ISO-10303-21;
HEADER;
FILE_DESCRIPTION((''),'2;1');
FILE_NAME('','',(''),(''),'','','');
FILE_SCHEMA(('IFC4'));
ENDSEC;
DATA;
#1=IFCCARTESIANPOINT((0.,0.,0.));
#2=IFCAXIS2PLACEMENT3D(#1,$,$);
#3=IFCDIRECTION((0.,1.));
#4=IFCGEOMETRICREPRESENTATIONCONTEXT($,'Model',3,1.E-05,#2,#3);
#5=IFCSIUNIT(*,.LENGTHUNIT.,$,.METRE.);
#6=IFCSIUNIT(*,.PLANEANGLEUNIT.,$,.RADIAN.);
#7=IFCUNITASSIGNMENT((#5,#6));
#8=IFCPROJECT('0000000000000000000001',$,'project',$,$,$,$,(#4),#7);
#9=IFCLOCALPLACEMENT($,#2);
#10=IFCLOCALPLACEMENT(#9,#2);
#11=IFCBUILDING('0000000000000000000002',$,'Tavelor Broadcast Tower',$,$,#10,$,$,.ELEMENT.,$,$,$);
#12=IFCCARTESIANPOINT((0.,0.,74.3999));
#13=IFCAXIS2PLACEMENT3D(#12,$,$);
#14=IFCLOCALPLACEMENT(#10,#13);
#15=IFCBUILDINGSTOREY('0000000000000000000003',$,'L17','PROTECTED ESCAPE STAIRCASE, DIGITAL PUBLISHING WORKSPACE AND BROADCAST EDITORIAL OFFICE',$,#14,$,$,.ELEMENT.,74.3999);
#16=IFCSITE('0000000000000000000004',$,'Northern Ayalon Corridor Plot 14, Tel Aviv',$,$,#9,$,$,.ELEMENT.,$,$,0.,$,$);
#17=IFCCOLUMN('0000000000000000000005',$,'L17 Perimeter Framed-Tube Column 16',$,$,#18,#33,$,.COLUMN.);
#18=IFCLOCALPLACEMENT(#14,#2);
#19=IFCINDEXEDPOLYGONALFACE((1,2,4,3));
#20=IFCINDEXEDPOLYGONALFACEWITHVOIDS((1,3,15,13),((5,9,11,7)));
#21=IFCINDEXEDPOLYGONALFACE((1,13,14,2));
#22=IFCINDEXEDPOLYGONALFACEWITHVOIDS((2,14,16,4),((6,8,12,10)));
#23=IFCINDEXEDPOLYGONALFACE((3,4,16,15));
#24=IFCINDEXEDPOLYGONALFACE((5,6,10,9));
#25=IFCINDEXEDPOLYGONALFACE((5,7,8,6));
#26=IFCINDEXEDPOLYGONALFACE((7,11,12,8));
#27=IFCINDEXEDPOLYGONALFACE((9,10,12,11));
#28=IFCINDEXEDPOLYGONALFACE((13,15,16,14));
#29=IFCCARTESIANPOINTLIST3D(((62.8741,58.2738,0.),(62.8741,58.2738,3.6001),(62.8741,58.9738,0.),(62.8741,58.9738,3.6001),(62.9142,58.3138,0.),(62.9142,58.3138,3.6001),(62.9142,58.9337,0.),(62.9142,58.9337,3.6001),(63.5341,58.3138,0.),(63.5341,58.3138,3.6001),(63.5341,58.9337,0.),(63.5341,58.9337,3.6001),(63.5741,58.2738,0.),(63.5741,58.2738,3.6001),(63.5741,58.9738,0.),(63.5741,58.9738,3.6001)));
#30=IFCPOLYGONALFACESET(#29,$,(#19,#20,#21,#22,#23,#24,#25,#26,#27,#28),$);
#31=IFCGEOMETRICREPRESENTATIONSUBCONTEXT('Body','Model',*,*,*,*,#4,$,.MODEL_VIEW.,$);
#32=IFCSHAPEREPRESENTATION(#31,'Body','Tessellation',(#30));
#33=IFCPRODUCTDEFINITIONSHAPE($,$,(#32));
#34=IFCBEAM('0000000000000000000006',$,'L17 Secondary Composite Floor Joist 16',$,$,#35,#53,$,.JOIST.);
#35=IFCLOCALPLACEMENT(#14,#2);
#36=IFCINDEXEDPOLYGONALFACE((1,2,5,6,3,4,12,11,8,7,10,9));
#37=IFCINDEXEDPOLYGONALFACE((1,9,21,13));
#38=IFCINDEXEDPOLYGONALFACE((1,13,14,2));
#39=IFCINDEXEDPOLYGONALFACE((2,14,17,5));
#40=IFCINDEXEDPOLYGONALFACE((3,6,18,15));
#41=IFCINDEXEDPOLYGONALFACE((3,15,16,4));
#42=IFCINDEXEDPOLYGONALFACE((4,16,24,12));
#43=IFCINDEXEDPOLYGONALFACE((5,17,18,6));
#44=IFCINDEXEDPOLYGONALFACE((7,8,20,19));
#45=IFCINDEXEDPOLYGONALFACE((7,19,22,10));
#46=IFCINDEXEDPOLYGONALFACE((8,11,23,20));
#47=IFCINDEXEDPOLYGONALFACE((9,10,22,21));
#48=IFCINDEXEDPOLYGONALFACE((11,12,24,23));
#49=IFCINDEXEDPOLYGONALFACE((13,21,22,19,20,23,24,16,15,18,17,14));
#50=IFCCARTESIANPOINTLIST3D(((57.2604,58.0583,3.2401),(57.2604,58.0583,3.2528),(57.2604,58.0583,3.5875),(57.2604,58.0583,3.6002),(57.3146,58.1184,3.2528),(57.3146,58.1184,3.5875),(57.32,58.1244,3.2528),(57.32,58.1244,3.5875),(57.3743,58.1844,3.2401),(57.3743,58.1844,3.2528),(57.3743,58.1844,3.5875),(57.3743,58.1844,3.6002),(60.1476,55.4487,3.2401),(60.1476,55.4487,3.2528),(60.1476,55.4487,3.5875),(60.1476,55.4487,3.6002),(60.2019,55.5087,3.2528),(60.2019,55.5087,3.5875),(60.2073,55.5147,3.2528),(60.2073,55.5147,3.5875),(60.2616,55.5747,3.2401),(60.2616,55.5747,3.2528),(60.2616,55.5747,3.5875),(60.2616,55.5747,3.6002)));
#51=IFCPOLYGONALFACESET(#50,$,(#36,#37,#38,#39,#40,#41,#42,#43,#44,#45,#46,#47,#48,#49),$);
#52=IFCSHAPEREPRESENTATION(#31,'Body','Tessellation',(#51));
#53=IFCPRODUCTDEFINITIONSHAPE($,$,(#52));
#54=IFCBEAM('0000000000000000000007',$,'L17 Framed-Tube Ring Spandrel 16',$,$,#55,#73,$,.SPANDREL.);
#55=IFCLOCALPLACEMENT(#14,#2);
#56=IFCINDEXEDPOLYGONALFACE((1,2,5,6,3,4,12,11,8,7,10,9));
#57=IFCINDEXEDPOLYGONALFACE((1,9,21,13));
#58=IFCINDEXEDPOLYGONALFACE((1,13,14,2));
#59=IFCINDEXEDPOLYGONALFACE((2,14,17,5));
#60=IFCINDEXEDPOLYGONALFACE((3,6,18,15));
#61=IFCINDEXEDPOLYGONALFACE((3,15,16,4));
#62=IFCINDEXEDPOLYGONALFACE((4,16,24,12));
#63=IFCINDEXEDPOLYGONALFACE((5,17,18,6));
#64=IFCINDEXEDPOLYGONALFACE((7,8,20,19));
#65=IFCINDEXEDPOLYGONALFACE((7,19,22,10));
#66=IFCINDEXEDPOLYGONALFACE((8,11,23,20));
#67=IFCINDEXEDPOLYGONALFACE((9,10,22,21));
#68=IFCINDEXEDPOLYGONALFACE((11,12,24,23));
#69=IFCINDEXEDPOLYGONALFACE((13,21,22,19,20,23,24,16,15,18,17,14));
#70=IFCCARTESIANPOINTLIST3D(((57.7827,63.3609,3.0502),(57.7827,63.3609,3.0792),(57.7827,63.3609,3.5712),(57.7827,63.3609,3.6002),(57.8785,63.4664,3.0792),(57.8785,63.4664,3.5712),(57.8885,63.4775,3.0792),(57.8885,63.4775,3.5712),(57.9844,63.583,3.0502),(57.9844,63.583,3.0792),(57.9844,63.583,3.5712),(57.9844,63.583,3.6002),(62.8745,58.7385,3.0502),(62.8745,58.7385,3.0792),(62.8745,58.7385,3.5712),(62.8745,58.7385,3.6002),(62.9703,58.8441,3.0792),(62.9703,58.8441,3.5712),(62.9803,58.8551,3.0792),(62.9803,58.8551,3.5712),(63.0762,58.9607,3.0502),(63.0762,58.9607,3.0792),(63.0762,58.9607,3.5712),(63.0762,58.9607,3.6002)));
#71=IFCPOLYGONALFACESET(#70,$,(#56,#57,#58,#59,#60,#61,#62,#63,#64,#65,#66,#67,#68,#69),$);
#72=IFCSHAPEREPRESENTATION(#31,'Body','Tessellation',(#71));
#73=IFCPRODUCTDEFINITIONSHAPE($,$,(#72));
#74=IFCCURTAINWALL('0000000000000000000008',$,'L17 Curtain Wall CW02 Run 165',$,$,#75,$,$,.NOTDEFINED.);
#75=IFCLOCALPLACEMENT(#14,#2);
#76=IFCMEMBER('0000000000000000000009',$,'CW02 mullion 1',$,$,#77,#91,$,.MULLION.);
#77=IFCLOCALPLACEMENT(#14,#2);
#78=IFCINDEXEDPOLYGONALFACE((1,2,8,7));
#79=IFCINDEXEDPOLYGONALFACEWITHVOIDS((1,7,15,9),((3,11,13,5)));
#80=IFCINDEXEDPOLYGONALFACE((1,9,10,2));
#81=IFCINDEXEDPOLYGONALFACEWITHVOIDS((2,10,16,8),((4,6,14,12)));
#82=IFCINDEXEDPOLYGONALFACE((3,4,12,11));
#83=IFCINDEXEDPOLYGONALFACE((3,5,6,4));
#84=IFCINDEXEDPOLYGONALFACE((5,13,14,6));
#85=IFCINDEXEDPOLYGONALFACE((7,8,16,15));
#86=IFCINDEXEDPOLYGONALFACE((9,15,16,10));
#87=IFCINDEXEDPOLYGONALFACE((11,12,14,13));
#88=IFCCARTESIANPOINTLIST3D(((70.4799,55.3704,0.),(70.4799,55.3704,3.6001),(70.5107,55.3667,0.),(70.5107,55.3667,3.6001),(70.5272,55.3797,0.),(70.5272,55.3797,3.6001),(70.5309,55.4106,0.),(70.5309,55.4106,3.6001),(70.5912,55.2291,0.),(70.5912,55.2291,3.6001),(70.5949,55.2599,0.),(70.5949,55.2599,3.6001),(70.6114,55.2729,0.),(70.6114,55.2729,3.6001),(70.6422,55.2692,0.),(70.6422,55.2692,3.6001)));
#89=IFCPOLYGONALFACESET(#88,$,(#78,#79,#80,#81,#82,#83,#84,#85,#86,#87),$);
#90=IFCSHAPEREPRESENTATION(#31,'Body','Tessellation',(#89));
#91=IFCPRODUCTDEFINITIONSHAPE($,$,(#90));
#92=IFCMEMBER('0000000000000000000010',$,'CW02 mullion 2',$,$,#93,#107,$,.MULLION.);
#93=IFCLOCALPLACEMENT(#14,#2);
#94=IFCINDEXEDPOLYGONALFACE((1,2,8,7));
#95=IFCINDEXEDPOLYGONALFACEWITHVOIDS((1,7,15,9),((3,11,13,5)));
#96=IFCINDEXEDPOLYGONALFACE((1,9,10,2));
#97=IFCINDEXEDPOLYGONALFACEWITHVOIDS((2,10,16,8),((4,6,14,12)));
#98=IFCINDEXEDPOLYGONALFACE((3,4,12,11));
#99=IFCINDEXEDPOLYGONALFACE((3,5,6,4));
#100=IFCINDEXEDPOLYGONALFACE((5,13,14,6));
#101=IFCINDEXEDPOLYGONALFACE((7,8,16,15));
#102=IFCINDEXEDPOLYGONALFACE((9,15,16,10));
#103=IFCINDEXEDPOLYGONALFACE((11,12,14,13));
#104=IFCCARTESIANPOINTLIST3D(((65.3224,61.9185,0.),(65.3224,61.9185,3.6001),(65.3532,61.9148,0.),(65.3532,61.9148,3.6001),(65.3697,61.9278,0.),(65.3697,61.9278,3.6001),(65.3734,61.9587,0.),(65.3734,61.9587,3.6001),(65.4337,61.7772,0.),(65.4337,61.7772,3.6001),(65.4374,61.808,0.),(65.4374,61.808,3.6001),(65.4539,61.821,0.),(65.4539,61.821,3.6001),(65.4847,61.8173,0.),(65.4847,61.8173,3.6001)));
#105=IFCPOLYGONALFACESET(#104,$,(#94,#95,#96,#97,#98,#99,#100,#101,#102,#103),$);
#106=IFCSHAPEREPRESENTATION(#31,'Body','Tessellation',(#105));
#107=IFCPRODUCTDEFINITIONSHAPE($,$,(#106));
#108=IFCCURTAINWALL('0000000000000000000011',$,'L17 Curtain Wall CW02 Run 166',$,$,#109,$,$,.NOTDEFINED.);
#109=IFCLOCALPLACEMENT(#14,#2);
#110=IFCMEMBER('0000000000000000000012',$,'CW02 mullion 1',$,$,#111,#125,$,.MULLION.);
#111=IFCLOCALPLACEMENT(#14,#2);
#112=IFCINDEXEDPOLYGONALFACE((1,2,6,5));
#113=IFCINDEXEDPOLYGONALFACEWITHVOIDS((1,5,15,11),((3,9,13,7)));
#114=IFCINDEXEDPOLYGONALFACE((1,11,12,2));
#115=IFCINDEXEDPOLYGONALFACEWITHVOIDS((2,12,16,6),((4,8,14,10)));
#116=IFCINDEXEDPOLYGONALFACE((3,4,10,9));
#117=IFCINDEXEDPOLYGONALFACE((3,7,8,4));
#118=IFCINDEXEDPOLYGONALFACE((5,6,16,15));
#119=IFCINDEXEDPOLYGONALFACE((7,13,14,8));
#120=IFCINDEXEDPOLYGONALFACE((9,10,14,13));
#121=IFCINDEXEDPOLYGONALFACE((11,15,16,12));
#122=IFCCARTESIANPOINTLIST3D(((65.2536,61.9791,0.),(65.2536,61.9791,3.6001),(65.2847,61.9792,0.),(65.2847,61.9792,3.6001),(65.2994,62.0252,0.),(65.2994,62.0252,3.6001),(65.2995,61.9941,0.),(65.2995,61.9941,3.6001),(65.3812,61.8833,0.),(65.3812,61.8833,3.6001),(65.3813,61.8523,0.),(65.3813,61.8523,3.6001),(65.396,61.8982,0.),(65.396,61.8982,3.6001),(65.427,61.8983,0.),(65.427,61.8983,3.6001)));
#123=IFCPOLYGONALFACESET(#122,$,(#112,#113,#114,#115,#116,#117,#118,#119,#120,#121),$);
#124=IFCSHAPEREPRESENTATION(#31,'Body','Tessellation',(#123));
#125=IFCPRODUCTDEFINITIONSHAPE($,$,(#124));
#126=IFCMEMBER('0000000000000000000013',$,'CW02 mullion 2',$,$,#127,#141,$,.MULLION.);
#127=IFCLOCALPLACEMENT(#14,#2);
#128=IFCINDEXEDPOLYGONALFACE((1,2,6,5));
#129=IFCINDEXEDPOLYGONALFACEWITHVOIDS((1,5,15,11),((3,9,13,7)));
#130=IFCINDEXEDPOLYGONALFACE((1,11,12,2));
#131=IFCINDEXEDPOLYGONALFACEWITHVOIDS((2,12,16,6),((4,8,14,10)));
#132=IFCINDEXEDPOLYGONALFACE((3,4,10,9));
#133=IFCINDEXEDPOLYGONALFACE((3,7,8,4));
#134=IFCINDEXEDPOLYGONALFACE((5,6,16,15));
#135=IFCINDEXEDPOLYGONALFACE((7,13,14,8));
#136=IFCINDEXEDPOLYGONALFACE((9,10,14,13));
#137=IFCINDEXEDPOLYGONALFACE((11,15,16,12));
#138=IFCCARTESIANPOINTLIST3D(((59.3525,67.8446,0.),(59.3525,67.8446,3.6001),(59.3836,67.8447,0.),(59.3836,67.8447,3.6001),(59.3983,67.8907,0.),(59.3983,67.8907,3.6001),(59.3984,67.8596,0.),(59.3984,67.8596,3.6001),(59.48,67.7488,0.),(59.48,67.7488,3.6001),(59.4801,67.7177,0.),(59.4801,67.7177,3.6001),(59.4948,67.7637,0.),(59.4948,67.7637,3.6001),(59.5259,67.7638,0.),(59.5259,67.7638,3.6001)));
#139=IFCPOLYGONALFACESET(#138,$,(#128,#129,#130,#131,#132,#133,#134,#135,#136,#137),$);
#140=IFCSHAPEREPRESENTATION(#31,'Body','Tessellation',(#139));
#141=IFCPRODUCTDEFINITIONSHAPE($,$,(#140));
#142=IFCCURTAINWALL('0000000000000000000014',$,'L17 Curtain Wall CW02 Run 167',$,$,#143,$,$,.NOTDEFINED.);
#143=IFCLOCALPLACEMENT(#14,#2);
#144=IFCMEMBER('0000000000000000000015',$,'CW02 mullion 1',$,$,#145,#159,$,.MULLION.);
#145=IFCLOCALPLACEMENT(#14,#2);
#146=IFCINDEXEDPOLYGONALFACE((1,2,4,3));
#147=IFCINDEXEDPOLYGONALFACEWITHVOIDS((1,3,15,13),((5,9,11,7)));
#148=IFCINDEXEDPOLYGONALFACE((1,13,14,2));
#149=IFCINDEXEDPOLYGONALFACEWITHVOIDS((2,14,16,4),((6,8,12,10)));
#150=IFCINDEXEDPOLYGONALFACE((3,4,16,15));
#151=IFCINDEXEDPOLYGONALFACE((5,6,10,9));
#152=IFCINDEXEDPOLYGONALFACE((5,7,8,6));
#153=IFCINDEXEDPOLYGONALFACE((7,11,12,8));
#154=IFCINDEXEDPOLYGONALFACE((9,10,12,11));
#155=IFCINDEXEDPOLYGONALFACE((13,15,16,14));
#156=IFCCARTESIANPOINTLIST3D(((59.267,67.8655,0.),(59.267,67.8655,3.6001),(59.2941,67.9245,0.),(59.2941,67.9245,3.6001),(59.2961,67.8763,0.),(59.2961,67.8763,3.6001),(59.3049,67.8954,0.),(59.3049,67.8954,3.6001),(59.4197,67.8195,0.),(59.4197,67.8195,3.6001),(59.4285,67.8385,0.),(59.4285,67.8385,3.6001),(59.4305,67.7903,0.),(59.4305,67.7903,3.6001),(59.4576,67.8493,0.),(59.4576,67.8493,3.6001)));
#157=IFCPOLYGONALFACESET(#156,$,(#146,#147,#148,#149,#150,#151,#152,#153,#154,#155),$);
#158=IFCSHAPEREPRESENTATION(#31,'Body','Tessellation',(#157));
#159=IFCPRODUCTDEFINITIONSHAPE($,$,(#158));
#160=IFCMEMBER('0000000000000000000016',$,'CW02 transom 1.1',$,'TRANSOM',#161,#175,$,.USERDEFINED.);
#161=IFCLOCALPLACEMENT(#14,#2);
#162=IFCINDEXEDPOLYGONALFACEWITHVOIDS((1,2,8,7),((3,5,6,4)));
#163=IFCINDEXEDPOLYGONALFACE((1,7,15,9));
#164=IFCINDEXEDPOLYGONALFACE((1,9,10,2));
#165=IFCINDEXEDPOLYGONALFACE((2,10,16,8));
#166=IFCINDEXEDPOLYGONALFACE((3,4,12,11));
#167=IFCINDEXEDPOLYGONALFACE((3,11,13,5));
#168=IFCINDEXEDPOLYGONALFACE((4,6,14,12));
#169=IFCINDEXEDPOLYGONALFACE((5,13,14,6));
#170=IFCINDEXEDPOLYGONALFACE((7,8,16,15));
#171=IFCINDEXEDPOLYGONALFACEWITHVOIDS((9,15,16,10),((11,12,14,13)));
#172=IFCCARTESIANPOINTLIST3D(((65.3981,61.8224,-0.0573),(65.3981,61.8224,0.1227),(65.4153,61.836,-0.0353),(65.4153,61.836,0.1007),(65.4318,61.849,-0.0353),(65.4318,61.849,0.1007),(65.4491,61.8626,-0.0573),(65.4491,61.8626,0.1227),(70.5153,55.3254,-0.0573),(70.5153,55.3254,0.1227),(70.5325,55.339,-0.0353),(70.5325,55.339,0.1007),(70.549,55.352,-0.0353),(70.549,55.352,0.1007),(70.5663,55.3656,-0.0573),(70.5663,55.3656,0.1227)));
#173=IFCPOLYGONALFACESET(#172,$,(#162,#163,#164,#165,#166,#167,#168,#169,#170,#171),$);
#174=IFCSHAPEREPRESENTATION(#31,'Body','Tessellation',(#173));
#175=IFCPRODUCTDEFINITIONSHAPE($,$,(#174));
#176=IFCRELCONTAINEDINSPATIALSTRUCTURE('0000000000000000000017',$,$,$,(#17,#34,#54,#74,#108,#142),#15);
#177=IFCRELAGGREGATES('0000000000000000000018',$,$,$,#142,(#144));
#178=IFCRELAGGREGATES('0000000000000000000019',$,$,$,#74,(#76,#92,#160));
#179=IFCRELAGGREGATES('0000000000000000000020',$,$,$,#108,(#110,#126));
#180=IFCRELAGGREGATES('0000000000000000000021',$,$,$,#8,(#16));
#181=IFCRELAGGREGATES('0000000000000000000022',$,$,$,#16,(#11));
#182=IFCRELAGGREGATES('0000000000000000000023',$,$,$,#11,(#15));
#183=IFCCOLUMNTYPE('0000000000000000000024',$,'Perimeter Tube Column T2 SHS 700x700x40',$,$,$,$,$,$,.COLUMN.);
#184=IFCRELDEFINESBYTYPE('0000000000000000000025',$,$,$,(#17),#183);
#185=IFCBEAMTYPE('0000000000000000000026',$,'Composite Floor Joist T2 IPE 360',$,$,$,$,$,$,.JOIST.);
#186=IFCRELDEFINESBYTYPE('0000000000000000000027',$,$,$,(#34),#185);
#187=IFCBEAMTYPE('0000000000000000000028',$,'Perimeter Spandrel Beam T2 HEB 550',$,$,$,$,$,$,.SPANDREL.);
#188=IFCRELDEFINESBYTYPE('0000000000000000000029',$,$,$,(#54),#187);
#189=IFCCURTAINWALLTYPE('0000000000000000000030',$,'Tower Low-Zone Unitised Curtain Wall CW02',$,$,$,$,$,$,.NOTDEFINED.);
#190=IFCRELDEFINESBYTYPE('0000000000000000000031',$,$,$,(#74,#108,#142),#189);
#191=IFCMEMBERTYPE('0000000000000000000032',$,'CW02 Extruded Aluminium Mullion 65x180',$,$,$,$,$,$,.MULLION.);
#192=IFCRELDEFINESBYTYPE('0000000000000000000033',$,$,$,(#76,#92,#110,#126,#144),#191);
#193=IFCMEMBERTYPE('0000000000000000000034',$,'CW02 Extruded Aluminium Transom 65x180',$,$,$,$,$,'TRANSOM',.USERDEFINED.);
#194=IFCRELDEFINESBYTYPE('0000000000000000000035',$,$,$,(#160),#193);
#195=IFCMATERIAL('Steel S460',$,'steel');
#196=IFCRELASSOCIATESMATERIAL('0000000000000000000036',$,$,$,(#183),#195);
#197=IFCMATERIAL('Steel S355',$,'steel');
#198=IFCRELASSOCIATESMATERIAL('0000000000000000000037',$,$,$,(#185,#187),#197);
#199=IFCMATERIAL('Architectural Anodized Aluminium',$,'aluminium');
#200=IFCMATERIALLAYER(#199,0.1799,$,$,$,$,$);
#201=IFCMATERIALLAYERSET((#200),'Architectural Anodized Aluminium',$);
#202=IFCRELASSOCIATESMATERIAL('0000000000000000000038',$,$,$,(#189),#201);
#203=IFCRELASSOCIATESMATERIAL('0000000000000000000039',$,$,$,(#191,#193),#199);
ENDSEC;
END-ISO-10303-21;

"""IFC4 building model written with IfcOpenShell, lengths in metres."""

from ifc_helpers import new_model, si_unit, direction, frame, origin, origin_2d, place, context, subcontext, project, spatial, hollow_rectangle, i_section, extrude, source, transform, mapped, material, layer, layer_set, material_profile, profile_set, type_object, type_shapes, element, aggregate, save


model = new_model("IFC4")

# Units and contexts
model_context = context("Model", 3, precision=1e-05, world=origin(), true_north=direction((0.0, 1.0)))
body_context = subcontext(model_context, "Body", "Model", "MODEL_VIEW")
ifc_project = project(units=[si_unit("LENGTHUNIT", "METRE"), si_unit("PLANEANGLEUNIT", "RADIAN")], contexts=[model_context])

# Site, building, storey
site_placement = place(None, origin())
site = spatial("IfcSite", under=ifc_project, at=site_placement, Name="Northern Ayalon Corridor Plot 14, Tel Aviv", CompositionType="ELEMENT", RefElevation=0.0)
building_placement = place(site_placement, origin())
building = spatial("IfcBuilding", under=site, at=building_placement, Name="Tavelor Broadcast Tower", CompositionType="ELEMENT")
storey_placement = place(building_placement, frame((0.0, 0.0, 74.3999)))
storey = spatial("IfcBuildingStorey", under=building, at=storey_placement, Name="L17", Description="PROTECTED ESCAPE STAIRCASE, DIGITAL PUBLISHING WORKSPACE AND BROADCAST EDITORIAL OFFICE", CompositionType="ELEMENT", Elevation=74.3999)

# Column
ifc_material_1 = material(Name="Steel S460", Category="steel")
ifc_material_profile_1 = material_profile(ifc_material_1, hollow_rectangle(XDim=0.7, YDim=0.7, WallThickness=0.04, at=origin_2d()), Name="SHS 700x700x40")
ifc_profile_set_1 = profile_set([ifc_material_profile_1], Name="Steel S460")
column_type = type_object("IfcColumnType", Name="Perimeter Tube Column T2 SHS 700x700x40", PredefinedType="COLUMN", material=ifc_profile_set_1)
column_placement = place(storey_placement, frame((63.2241, 58.6238, 0.0), z_axis=(0.0, 0.0, 1.0), x_axis=(1.0, 0.0, 0.0)))
element("IfcColumn", 1, at=column_placement, inside=storey, type_object=column_type, Name="L17 Perimeter Framed-Tube Column 16", PredefinedType="COLUMN", context=body_context, shape_type="SweptSolid", body=[
    extrude(hollow_rectangle(XDim=0.7, YDim=0.7, WallThickness=0.04, at=origin_2d()), origin(), (0.0, 0.0, 1.0), 3.6001),
])

# Beams
ifc_material_2 = material(Name="Steel S355", Category="steel")
ifc_material_profile_2 = material_profile(ifc_material_2, i_section(OverallWidth=0.1699, OverallDepth=0.3601, WebThickness=0.0081, FlangeThickness=0.0127, at=origin_2d()), Name="IPE 360")
ifc_profile_set_2 = profile_set([ifc_material_profile_2], Name="Steel S355")
beam_type_1 = type_object("IfcBeamType", Name="Composite Floor Joist T2 IPE 360", PredefinedType="JOIST", material=ifc_profile_set_2)
beam_1_placement = place(storey_placement, frame((60.2046, 55.5117, 3.4202), z_axis=(-0.74187, 0.670544, 0.0), x_axis=(-0.670544, -0.74187, 0.0)))
element("IfcBeam", 2, at=beam_1_placement, inside=storey, type_object=beam_type_1, Name="L17 Secondary Composite Floor Joist 16", PredefinedType="JOIST", context=body_context, shape_type="SweptSolid", body=[
    extrude(i_section(OverallWidth=0.1699, OverallDepth=0.3601, WebThickness=0.0081, FlangeThickness=0.0127, at=origin_2d()), origin(), (0.0, 0.0, 1.0), 3.8918),
])
ifc_material_profile_3 = material_profile(ifc_material_2, i_section(OverallWidth=0.3, OverallDepth=0.55, WebThickness=0.0149, FlangeThickness=0.0291, at=origin_2d()), Name="HEB 550")
ifc_profile_set_3 = profile_set([ifc_material_profile_3], Name="Steel S355")
beam_type_2 = type_object("IfcBeamType", Name="Perimeter Spandrel Beam T2 HEB 550", PredefinedType="SPANDREL", material=ifc_profile_set_3)
beam_2_placement = place(storey_placement, frame((62.9753, 58.8496, 3.3252), z_axis=(-0.740417, 0.672148, 0.0), x_axis=(-0.672148, -0.740417, 0.0)))
element("IfcBeam", 3, at=beam_2_placement, inside=storey, type_object=beam_type_2, Name="L17 Framed-Tube Ring Spandrel 16", PredefinedType="SPANDREL", context=body_context, shape_type="SweptSolid", body=[
    extrude(i_section(OverallWidth=0.3, OverallDepth=0.55, WebThickness=0.0149, FlangeThickness=0.0291, at=origin_2d()), origin(), (0.0, 0.0, 1.0), 6.877),
])

# Curtain walls, members
ifc_material_3 = material(Name="Architectural Anodized Aluminium", Category="aluminium")
ifc_layer_1 = layer(ifc_material_3, 0.1799)
ifc_layer_set_1 = layer_set([ifc_layer_1], Name="Architectural Anodized Aluminium")
curtain_wall_type = type_object("IfcCurtainWallType", Name="Tower Low-Zone Unitised Curtain Wall CW02", PredefinedType="NOTDEFINED", material=ifc_layer_set_1)
curtain_wall_1_placement = place(storey_placement, origin())
curtain_wall_1 = element("IfcCurtainWall", 4, at=curtain_wall_1_placement, inside=storey, type_object=curtain_wall_type, Name="L17 Curtain Wall CW02 Run 165", PredefinedType="NOTDEFINED")
ifc_material_profile_4 = material_profile(ifc_material_3, hollow_rectangle(XDim=0.0649, YDim=0.1799, WallThickness=0.022, at=origin_2d()), Name="RHS 65x180x22")
ifc_profile_set_4 = profile_set([ifc_material_profile_4], Name="Architectural Anodized Aluminium")
member_type_1 = type_object("IfcMemberType", Name="CW02 Extruded Aluminium Mullion 65x180", PredefinedType="MULLION", material=ifc_profile_set_4)
shared_shape_1 = source(origin(), body_context, "Body", "SweptSolid", [
    extrude(hollow_rectangle(XDim=0.0649, YDim=0.1799, WallThickness=0.022, at=origin_2d()), origin(), (0.0, 0.0, 1.0), 3.6001),
])
type_shapes(member_type_1, [shared_shape_1])
member_1_placement = place(storey_placement, frame((70.561, 55.3198, 0.0), z_axis=(0.0, 0.0, 1.0), x_axis=(-0.785588, -0.61875, 0.0)))
member_1 = element("IfcMember", 5, at=member_1_placement, type_object=member_type_1, Name="CW02 mullion 1", PredefinedType="MULLION", context=body_context, shape_type="MappedRepresentation", body=[
    mapped(shared_shape_1, transform((0.0, 0.0, 0.0), scale=1.0)),
])
member_2_placement = place(storey_placement, frame((65.4036, 61.8679, 0.0), z_axis=(0.0, 0.0, 1.0), x_axis=(-0.785588, -0.61875, 0.0)))
member_2 = element("IfcMember", 6, at=member_2_placement, type_object=member_type_1, Name="CW02 mullion 2", PredefinedType="MULLION", context=body_context, shape_type="MappedRepresentation", body=[
    mapped(shared_shape_1, transform((0.0, 0.0, 0.0), scale=1.0)),
])
curtain_wall_2_placement = place(storey_placement, origin())
curtain_wall_2 = element("IfcCurtainWall", 7, at=curtain_wall_2_placement, inside=storey, type_object=curtain_wall_type, Name="L17 Curtain Wall CW02 Run 166", PredefinedType="NOTDEFINED")
member_3_placement = place(storey_placement, frame((65.3403, 61.9387, 0.0), z_axis=(0.0, 0.0, 1.0), x_axis=(-0.704945, -0.709262, 0.0)))
member_3 = element("IfcMember", 8, at=member_3_placement, type_object=member_type_1, Name="CW02 mullion 1", PredefinedType="MULLION", context=body_context, shape_type="MappedRepresentation", body=[
    mapped(shared_shape_1, transform((0.0, 0.0, 0.0), scale=1.0)),
])
member_4_placement = place(storey_placement, frame((59.4392, 67.8042, 0.0), z_axis=(0.0, 0.0, 1.0), x_axis=(-0.704945, -0.709262, 0.0)))
member_4 = element("IfcMember", 9, at=member_4_placement, type_object=member_type_1, Name="CW02 mullion 2", PredefinedType="MULLION", context=body_context, shape_type="MappedRepresentation", body=[
    mapped(shared_shape_1, transform((0.0, 0.0, 0.0), scale=1.0)),
])

# Curtain wall, member
curtain_wall_3_placement = place(storey_placement, origin())
curtain_wall_3 = element("IfcCurtainWall", 10, at=curtain_wall_3_placement, inside=storey, type_object=curtain_wall_type, Name="L17 Curtain Wall CW02 Run 167", PredefinedType="NOTDEFINED")
member_5_placement = place(storey_placement, frame((59.3623, 67.8574, 0.0), z_axis=(0.0, 0.0, 1.0), x_axis=(-0.417985, -0.908454, 0.0)))
member_5 = element("IfcMember", 11, at=member_5_placement, type_object=member_type_1, Name="CW02 mullion 1", PredefinedType="MULLION", context=body_context, shape_type="MappedRepresentation", body=[
    mapped(shared_shape_1, transform((0.0, 0.0, 0.0), scale=1.0)),
])

# Member
ifc_material_profile_5 = material_profile(ifc_material_3, hollow_rectangle(XDim=0.0649, YDim=0.1799, WallThickness=0.022, at=origin_2d()), Name="RHS 65x180x22")
ifc_profile_set_5 = profile_set([ifc_material_profile_5], Name="Architectural Anodized Aluminium")
member_type_2 = type_object("IfcMemberType", Name="CW02 Extruded Aluminium Transom 65x180", ElementType="TRANSOM", PredefinedType="USERDEFINED", material=ifc_profile_set_5)
shared_shape_2 = source(origin(), body_context, "Body", "SweptSolid", [
    extrude(hollow_rectangle(XDim=0.0649, YDim=0.1799, WallThickness=0.022, at=origin_2d()), origin(), (0.0, 0.0, 1.0), 8.2703),
])
member_6_placement = place(storey_placement, frame((70.5408, 55.3455, 0.0327), z_axis=(-0.618744, 0.785593, 0.0), x_axis=(-0.785593, -0.618744, 0.0)))
member_6 = element("IfcMember", 12, at=member_6_placement, type_object=member_type_2, Name="CW02 transom 1.1", ObjectType="TRANSOM", PredefinedType="USERDEFINED", context=body_context, shape_type="MappedRepresentation", body=[
    mapped(shared_shape_2, transform((0.0, 0.0, 0.0), scale=1.0)),
])
aggregate(curtain_wall_3, [member_5])

aggregate(curtain_wall_1, [member_1, member_2, member_6])
aggregate(curtain_wall_2, [member_3, member_4])

save(model, "model.ifc")
